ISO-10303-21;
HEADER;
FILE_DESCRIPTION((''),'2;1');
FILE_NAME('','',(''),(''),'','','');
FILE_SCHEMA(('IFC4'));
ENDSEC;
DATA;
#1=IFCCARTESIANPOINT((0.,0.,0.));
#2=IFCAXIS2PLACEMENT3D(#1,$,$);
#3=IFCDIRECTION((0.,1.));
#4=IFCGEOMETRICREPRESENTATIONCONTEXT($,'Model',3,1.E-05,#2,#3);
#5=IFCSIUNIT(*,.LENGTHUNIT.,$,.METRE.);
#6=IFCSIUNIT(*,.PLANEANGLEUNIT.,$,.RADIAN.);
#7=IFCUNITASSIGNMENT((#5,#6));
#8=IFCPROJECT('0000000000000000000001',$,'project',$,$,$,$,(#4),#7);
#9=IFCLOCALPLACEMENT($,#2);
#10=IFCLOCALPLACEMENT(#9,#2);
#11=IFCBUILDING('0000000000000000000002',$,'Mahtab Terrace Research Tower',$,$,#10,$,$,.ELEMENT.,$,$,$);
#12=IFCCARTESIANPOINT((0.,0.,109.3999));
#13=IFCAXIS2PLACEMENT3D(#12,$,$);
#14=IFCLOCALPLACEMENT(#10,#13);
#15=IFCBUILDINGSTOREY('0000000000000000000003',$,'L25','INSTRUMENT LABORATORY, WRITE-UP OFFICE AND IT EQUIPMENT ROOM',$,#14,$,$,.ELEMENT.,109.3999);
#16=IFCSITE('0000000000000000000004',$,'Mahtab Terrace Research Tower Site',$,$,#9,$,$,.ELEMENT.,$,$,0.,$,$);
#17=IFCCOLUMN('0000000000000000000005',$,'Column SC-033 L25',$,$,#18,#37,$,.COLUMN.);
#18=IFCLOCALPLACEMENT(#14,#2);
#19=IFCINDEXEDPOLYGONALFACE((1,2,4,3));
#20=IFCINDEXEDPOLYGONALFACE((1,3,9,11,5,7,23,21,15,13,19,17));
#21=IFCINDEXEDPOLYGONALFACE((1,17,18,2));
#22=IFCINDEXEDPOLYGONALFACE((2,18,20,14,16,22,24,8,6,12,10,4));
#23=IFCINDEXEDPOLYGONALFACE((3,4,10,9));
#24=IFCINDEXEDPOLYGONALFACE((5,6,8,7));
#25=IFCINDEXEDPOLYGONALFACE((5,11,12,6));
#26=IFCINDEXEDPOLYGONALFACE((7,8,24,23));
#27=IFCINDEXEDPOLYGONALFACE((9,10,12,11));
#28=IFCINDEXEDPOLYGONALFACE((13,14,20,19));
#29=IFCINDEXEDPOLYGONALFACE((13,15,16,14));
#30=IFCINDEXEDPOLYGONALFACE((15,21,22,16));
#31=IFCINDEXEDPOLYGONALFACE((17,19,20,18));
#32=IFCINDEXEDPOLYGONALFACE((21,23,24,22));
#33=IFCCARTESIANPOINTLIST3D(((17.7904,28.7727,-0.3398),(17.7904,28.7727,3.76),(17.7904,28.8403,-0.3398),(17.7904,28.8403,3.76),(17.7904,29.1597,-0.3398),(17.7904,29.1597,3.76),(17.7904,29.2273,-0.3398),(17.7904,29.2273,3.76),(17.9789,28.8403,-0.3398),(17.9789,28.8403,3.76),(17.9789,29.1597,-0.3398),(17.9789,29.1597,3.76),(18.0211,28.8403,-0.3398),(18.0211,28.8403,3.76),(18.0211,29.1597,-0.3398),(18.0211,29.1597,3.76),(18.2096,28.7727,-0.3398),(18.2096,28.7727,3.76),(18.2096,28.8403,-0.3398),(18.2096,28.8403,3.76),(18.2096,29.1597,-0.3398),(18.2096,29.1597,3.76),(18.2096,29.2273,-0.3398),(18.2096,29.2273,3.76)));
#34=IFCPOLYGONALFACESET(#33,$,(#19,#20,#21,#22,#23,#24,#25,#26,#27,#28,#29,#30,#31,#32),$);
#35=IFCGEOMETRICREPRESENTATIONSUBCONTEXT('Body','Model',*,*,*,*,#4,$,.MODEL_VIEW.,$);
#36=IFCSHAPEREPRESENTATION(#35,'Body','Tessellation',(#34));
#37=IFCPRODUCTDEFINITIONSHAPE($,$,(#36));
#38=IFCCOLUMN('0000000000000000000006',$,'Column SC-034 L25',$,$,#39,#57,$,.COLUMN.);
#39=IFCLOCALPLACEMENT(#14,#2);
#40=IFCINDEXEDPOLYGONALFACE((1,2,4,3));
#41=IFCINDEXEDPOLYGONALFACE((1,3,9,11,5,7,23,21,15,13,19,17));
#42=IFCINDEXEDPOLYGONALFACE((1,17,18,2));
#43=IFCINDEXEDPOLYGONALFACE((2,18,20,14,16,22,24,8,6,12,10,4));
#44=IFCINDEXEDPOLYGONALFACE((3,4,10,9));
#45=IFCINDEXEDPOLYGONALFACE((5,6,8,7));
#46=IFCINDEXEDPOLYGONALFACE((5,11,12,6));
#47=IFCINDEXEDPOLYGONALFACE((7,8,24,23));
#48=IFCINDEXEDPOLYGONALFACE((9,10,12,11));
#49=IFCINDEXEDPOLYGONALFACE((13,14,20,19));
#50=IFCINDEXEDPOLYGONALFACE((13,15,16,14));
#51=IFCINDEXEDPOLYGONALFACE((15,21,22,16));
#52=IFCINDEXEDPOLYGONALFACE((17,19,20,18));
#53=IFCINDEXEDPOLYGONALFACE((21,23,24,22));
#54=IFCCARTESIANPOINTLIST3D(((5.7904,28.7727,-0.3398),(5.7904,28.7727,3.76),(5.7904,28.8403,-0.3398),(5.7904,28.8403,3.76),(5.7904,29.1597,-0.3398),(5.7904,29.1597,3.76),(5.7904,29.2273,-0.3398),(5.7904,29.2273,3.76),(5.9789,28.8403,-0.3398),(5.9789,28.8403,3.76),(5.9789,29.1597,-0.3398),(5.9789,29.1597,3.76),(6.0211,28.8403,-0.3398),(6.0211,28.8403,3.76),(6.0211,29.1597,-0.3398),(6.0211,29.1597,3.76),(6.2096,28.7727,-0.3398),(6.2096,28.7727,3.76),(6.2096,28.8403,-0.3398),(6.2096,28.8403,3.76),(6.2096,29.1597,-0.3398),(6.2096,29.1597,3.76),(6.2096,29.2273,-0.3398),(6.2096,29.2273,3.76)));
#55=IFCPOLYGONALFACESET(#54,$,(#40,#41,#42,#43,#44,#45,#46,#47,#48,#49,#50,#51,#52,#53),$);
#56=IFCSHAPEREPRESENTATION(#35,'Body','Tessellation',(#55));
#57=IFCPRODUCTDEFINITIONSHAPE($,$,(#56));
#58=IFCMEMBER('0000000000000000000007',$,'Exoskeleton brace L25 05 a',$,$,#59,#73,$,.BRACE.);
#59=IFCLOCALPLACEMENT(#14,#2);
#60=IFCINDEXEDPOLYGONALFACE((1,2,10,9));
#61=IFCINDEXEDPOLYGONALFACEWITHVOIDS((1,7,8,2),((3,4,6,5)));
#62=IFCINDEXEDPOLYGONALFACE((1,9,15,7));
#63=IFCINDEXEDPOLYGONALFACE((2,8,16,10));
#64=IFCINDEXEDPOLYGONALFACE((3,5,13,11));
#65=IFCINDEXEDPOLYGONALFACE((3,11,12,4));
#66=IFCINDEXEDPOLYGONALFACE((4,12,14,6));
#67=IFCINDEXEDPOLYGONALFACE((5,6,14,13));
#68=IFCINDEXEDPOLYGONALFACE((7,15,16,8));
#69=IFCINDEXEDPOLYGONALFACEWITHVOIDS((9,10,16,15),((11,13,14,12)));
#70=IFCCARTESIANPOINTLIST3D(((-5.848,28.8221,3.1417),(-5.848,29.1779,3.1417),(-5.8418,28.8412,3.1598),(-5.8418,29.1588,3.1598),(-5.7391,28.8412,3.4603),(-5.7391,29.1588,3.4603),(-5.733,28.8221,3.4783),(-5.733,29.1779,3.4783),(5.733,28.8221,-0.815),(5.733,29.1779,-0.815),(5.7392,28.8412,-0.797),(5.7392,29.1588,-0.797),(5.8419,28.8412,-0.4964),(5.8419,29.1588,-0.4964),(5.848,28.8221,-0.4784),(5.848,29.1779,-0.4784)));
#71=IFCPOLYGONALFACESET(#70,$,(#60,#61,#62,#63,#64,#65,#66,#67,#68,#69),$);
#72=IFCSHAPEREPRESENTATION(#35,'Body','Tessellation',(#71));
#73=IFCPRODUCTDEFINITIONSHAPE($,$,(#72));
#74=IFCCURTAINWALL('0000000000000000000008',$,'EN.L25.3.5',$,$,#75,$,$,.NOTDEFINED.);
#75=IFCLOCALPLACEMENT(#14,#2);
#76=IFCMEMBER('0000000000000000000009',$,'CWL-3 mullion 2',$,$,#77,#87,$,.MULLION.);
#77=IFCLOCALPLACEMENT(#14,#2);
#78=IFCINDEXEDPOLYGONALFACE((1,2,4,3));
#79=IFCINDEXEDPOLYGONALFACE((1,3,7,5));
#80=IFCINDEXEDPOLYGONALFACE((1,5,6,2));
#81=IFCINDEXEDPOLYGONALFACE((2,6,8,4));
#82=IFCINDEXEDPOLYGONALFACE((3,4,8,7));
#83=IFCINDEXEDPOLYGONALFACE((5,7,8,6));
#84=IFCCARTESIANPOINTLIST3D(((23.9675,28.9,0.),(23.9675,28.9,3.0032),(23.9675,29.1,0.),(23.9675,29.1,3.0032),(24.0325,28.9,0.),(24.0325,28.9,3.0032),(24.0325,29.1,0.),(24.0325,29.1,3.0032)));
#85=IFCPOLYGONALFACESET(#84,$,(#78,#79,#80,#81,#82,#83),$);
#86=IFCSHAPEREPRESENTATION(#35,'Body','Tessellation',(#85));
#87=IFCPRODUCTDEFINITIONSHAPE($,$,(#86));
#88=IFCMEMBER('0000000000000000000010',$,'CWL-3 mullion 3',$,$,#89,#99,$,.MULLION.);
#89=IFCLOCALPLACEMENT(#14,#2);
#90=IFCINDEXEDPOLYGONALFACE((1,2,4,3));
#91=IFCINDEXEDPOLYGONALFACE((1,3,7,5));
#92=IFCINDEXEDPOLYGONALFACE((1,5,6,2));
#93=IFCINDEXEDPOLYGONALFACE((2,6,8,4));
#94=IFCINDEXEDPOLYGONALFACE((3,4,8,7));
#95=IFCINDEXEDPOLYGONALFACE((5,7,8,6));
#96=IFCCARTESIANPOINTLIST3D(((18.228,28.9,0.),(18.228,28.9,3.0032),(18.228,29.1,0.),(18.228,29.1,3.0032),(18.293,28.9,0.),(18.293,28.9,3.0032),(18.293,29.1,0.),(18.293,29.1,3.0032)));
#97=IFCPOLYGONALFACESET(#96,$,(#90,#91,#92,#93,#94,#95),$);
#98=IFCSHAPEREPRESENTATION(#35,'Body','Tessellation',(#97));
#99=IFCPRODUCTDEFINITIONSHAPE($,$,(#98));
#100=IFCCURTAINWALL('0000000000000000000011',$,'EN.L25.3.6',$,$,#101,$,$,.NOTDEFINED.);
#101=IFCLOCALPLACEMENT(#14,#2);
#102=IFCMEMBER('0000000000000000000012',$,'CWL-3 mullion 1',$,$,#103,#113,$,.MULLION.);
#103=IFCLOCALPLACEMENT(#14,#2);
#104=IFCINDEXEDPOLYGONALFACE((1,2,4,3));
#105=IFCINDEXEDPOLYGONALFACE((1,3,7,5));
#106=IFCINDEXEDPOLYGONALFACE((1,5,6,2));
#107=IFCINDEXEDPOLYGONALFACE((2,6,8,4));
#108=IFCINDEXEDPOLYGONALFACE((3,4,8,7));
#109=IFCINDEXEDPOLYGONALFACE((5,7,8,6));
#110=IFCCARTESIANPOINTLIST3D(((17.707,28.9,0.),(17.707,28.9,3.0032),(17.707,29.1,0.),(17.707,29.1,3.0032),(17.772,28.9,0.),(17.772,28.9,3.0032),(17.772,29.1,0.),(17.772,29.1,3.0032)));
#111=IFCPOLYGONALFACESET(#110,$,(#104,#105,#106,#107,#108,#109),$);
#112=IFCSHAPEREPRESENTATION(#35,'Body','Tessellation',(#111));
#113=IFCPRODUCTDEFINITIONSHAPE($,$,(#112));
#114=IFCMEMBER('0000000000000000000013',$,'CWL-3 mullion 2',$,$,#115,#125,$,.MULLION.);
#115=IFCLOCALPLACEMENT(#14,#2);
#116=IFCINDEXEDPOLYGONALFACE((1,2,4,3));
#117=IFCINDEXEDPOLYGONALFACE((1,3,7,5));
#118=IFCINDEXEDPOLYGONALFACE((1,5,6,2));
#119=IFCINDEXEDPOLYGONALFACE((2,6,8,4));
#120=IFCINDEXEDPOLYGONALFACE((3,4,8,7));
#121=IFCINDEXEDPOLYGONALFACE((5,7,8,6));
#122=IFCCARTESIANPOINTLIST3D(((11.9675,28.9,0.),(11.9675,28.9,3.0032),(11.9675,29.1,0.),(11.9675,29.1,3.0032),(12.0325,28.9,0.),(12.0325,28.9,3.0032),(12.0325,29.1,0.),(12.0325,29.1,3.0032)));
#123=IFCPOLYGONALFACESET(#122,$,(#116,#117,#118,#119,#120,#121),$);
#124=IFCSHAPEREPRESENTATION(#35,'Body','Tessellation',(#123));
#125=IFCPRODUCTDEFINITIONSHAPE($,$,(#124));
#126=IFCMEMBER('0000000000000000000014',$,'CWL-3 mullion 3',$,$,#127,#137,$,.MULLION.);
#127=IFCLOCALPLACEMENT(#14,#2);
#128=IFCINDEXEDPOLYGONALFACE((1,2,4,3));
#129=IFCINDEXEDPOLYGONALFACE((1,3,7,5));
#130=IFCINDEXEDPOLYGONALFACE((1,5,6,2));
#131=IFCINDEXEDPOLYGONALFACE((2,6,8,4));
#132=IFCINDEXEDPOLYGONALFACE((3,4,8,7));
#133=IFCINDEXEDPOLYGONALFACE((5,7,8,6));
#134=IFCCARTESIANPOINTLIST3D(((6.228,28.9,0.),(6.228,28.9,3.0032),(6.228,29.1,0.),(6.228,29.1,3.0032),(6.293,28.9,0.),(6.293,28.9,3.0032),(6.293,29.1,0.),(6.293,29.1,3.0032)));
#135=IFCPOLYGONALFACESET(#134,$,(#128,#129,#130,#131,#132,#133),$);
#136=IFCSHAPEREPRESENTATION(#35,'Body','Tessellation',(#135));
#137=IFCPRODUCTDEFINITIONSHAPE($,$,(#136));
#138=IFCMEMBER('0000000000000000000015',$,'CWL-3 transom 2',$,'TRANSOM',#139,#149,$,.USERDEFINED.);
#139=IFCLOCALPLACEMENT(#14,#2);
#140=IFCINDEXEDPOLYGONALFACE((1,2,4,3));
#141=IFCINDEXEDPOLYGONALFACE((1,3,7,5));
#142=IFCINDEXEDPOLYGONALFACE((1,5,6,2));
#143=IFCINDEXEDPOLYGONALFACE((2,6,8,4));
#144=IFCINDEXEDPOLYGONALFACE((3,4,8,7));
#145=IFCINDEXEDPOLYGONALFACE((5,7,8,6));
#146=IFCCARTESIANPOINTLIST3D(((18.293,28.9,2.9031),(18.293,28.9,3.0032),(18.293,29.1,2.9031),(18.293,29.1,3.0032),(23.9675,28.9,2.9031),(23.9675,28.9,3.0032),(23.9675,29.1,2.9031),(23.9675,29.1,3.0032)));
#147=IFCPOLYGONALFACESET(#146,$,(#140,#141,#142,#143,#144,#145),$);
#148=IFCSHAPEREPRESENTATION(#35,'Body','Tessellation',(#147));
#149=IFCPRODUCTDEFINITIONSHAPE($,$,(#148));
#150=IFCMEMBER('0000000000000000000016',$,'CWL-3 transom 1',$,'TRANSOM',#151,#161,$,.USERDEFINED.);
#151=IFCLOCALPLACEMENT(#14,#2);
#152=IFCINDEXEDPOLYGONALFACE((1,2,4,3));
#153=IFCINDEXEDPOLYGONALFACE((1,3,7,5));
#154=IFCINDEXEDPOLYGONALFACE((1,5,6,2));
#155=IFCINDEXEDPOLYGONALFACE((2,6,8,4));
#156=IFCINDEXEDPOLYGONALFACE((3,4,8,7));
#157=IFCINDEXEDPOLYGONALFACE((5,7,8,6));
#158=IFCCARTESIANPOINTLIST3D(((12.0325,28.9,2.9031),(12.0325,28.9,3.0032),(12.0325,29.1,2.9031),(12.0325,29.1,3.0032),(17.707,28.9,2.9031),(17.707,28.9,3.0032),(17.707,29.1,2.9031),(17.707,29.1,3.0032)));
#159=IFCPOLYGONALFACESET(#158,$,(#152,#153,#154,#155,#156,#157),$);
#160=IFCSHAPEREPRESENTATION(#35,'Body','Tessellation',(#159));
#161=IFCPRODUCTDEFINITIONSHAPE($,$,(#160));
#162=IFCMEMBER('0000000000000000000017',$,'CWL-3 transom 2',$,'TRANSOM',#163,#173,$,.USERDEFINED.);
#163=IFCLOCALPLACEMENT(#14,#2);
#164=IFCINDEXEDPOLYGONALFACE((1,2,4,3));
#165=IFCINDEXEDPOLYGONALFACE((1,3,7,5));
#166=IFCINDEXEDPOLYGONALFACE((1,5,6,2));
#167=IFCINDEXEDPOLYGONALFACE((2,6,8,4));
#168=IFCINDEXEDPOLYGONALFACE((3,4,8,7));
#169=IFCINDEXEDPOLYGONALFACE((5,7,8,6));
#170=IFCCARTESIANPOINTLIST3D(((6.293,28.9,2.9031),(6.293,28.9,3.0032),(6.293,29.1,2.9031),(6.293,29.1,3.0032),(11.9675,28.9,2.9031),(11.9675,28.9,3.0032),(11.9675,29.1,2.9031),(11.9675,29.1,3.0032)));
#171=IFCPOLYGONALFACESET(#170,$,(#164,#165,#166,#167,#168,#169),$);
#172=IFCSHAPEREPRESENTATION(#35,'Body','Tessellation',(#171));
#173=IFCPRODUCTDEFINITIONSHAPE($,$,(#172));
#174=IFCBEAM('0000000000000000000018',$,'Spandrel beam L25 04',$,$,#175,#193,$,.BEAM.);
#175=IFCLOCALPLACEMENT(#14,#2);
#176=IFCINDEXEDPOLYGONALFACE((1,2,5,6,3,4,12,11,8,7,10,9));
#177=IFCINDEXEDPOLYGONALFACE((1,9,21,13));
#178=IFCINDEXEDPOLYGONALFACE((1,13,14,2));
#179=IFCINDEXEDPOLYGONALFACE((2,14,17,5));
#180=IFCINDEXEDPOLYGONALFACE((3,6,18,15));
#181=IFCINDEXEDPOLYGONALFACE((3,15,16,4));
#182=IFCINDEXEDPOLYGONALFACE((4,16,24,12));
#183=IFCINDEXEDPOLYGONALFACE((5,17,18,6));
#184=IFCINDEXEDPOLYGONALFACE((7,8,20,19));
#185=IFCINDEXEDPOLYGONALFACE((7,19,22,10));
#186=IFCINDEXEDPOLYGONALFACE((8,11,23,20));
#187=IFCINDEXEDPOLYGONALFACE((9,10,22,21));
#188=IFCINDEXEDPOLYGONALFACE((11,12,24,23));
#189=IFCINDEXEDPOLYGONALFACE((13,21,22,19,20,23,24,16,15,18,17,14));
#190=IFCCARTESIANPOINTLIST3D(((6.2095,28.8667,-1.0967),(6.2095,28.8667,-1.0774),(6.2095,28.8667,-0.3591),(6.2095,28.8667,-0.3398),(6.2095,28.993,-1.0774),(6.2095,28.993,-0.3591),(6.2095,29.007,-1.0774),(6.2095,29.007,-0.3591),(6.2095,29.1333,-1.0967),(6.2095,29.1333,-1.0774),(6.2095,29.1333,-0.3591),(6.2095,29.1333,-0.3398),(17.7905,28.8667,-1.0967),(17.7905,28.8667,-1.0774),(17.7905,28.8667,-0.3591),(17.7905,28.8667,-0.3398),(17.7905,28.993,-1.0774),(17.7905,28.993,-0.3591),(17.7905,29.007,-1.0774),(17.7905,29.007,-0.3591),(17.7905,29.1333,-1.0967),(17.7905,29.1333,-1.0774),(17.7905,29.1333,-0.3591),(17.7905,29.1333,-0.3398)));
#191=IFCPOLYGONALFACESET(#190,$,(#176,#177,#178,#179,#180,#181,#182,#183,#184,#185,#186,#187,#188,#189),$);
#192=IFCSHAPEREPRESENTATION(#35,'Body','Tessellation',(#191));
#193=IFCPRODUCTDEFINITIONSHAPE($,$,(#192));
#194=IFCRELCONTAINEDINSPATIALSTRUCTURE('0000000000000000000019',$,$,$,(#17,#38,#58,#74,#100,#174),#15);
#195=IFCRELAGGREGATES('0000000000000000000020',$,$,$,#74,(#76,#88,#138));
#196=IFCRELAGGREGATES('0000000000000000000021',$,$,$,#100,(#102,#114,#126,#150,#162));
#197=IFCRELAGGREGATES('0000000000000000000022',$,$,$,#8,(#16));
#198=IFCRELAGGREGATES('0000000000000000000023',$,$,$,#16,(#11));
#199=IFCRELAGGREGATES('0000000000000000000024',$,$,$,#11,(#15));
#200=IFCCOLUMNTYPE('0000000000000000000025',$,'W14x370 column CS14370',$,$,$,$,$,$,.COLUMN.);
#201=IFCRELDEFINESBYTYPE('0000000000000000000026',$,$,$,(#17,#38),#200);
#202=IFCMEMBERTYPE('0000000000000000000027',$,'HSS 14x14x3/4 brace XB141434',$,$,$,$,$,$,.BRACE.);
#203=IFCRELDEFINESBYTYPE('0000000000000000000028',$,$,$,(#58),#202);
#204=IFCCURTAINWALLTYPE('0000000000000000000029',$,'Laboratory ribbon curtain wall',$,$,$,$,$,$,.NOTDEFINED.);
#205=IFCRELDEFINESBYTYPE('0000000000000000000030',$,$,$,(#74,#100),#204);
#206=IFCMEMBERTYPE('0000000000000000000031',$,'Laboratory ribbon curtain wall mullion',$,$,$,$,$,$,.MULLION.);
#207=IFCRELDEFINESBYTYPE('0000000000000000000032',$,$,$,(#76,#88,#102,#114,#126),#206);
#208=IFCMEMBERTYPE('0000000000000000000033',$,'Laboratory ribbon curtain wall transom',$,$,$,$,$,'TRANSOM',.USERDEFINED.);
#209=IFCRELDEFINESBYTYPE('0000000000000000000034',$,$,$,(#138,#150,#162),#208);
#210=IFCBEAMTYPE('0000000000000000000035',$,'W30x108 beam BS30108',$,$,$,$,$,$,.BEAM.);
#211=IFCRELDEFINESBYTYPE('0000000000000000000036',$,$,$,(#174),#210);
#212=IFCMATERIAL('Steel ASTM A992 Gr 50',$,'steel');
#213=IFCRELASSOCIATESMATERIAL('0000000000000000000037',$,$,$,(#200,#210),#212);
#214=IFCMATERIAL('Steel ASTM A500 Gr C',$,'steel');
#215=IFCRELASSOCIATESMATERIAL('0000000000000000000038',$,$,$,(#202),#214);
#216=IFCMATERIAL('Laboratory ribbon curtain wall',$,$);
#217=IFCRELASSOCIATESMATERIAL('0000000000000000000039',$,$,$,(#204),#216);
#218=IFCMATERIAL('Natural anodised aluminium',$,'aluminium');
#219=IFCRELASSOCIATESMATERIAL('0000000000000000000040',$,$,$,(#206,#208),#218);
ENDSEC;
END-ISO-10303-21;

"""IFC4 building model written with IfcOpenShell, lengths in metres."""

from ifc_helpers import new_model, si_unit, direction, frame, origin, origin_2d, place, context, subcontext, project, spatial, rectangle, hollow_rectangle, i_section, extrude, material, material_profile, profile_set, type_object, element, aggregate, save


model = new_model("IFC4")

# Units and contexts
model_context = context("Model", 3, precision=1e-05, world=origin(), true_north=direction((0.0, 1.0)))
body_context = subcontext(model_context, "Body", "Model", "MODEL_VIEW")
ifc_project = project(units=[si_unit("LENGTHUNIT", "METRE"), si_unit("PLANEANGLEUNIT", "RADIAN")], contexts=[model_context])

# Site, building, storey
site_placement = place(None, origin())
site = spatial("IfcSite", under=ifc_project, at=site_placement, Name="Mahtab Terrace Research Tower Site", CompositionType="ELEMENT", RefElevation=0.0)
building_placement = place(site_placement, origin())
building = spatial("IfcBuilding", under=site, at=building_placement, Name="Mahtab Terrace Research Tower", CompositionType="ELEMENT")
storey_placement = place(building_placement, frame((0.0, 0.0, 109.3999)))
storey = spatial("IfcBuildingStorey", under=building, at=storey_placement, Name="L25", Description="INSTRUMENT LABORATORY, WRITE-UP OFFICE AND IT EQUIPMENT ROOM", CompositionType="ELEMENT", Elevation=109.3999)

# Columns
ifc_material_1 = material(Name="Steel ASTM A992 Gr 50", Category="steel")
ifc_material_profile_1 = material_profile(ifc_material_1, i_section(OverallWidth=0.4192, OverallDepth=0.4546, WebThickness=0.0422, FlangeThickness=0.0676, at=origin_2d()), Name="W14X370")
ifc_profile_set_1 = profile_set([ifc_material_profile_1], Name="Steel ASTM A992 Gr 50")
column_type = type_object("IfcColumnType", Name="W14x370 column CS14370", PredefinedType="COLUMN", material=ifc_profile_set_1)
for number, where, z_axis, x_axis, name in (
    (1, (18.0, 29.0, -0.3398), (0.0, 0.0, 1.0), (1.0, 0.0, 0.0), "Column SC-033 L25"),
    (2, (6.0, 29.0, -0.3398), (0.0, 0.0, 1.0), (1.0, 0.0, 0.0), "Column SC-034 L25"),
):
    element("IfcColumn", number, at=place(storey_placement, frame(where, z_axis=z_axis, x_axis=x_axis)), inside=storey, type_object=column_type, Name=name, PredefinedType="COLUMN", context=body_context, shape_type="SweptSolid", body=[
        extrude(i_section(OverallWidth=0.4192, OverallDepth=0.4546, WebThickness=0.0422, FlangeThickness=0.0676, at=origin_2d()), origin(), (0.0, 0.0, 1.0), 4.0999),
    ])

# Member
ifc_material_2 = material(Name="Steel ASTM A500 Gr C", Category="steel")
ifc_material_profile_2 = material_profile(ifc_material_2, hollow_rectangle(XDim=0.3557, YDim=0.3557, WallThickness=0.019, at=origin_2d()), Name="HSS14X14X3/4")
ifc_profile_set_2 = profile_set([ifc_material_profile_2], Name="Steel ASTM A500 Gr C")
member_type_1 = type_object("IfcMemberType", Name="HSS 14x14x3/4 brace XB141434", PredefinedType="BRACE", material=ifc_profile_set_2)
member_1_placement = place(storey_placement, frame((5.7905, 29.0, -0.6467), z_axis=(-0.946293, 0.0, 0.323311), x_axis=(0.0, -1.0, 0.0)))
element("IfcMember", 3, at=member_1_placement, inside=storey, type_object=member_type_1, Name="Exoskeleton brace L25 05 a", PredefinedType="BRACE", context=body_context, shape_type="SweptSolid", body=[
    extrude(hollow_rectangle(XDim=0.3557, YDim=0.3557, WallThickness=0.019, at=origin_2d()), origin(), (0.0, 0.0, 1.0), 12.2383),
])

# Curtain walls, members
ifc_material_3 = material(Name="Laboratory ribbon curtain wall")
curtain_wall_type = type_object("IfcCurtainWallType", Name="Laboratory ribbon curtain wall", PredefinedType="NOTDEFINED", material=ifc_material_3)
curtain_wall_1_placement = place(storey_placement, origin())
curtain_wall_1 = element("IfcCurtainWall", 4, at=curtain_wall_1_placement, inside=storey, type_object=curtain_wall_type, Name="EN.L25.3.5", PredefinedType="NOTDEFINED")
ifc_material_4 = material(Name="Natural anodised aluminium", Category="aluminium")
ifc_material_profile_3 = material_profile(ifc_material_4, rectangle(XDim=0.2, YDim=0.0649, at=origin_2d()), Name="MULLION 65x200")
ifc_profile_set_3 = profile_set([ifc_material_profile_3], Name="Natural anodised aluminium")
member_type_2 = type_object("IfcMemberType", Name="Laboratory ribbon curtain wall mullion", PredefinedType="MULLION", material=ifc_profile_set_3)
member_2_placement = place(storey_placement, frame((24.0, 29.0, 0.0), z_axis=(0.0, 0.0, 1.0), x_axis=(0.0, -1.0, 0.0)))
member_2 = element("IfcMember", 5, at=member_2_placement, type_object=member_type_2, Name="CWL-3 mullion 2", PredefinedType="MULLION", context=body_context, shape_type="SweptSolid", body=[
    extrude(rectangle(XDim=0.2, YDim=0.0649, at=origin_2d()), origin(), (0.0, 0.0, 1.0), 3.0032),
])
member_3_placement = place(storey_placement, frame((18.2605, 29.0, 0.0), z_axis=(0.0, 0.0, 1.0), x_axis=(0.0, -1.0, 0.0)))
member_3 = element("IfcMember", 6, at=member_3_placement, type_object=member_type_2, Name="CWL-3 mullion 3", PredefinedType="MULLION", context=body_context, shape_type="SweptSolid", body=[
    extrude(rectangle(XDim=0.2, YDim=0.0649, at=origin_2d()), origin(), (0.0, 0.0, 1.0), 3.0032),
])
curtain_wall_2_placement = place(storey_placement, origin())
curtain_wall_2 = element("IfcCurtainWall", 7, at=curtain_wall_2_placement, inside=storey, type_object=curtain_wall_type, Name="EN.L25.3.6", PredefinedType="NOTDEFINED")
member_4_placement = place(storey_placement, frame((17.7395, 29.0, 0.0), z_axis=(0.0, 0.0, 1.0), x_axis=(0.0, -1.0, 0.0)))
member_4 = element("IfcMember", 8, at=member_4_placement, type_object=member_type_2, Name="CWL-3 mullion 1", PredefinedType="MULLION", context=body_context, shape_type="SweptSolid", body=[
    extrude(rectangle(XDim=0.2, YDim=0.0649, at=origin_2d()), origin(), (0.0, 0.0, 1.0), 3.0032),
])
member_5_placement = place(storey_placement, frame((12.0, 29.0, 0.0), z_axis=(0.0, 0.0, 1.0), x_axis=(0.0, -1.0, 0.0)))
member_5 = element("IfcMember", 9, at=member_5_placement, type_object=member_type_2, Name="CWL-3 mullion 2", PredefinedType="MULLION", context=body_context, shape_type="SweptSolid", body=[
    extrude(rectangle(XDim=0.2, YDim=0.0649, at=origin_2d()), origin(), (0.0, 0.0, 1.0), 3.0032),
])
member_6_placement = place(storey_placement, frame((6.2605, 29.0, 0.0), z_axis=(0.0, 0.0, 1.0), x_axis=(0.0, -1.0, 0.0)))
member_6 = element("IfcMember", 10, at=member_6_placement, type_object=member_type_2, Name="CWL-3 mullion 3", PredefinedType="MULLION", context=body_context, shape_type="SweptSolid", body=[
    extrude(rectangle(XDim=0.2, YDim=0.0649, at=origin_2d()), origin(), (0.0, 0.0, 1.0), 3.0032),
])

# Members
ifc_material_profile_4 = material_profile(ifc_material_4, rectangle(XDim=0.2, YDim=0.1001, at=origin_2d()), Name="TRANSOM 100x200")
ifc_profile_set_4 = profile_set([ifc_material_profile_4], Name="Natural anodised aluminium")
member_type_3 = type_object("IfcMemberType", Name="Laboratory ribbon curtain wall transom", ElementType="TRANSOM", PredefinedType="USERDEFINED", material=ifc_profile_set_4)
member_7_placement = place(storey_placement, frame((23.9675, 29.0, 2.9531), z_axis=(-1.0, 0.0, 0.0), x_axis=(0.0, -1.0, 0.0)))
member_7 = element("IfcMember", 11, at=member_7_placement, type_object=member_type_3, Name="CWL-3 transom 2", ObjectType="TRANSOM", PredefinedType="USERDEFINED", context=body_context, shape_type="SweptSolid", body=[
    extrude(rectangle(XDim=0.2, YDim=0.1001, at=origin_2d()), origin(), (0.0, 0.0, 1.0), 5.6746),
])
member_8_placement = place(storey_placement, frame((17.707, 29.0, 2.9531), z_axis=(-1.0, 0.0, 0.0), x_axis=(0.0, -1.0, 0.0)))
member_8 = element("IfcMember", 12, at=member_8_placement, type_object=member_type_3, Name="CWL-3 transom 1", ObjectType="TRANSOM", PredefinedType="USERDEFINED", context=body_context, shape_type="SweptSolid", body=[
    extrude(rectangle(XDim=0.2, YDim=0.1001, at=origin_2d()), origin(), (0.0, 0.0, 1.0), 5.6746),
])
member_9_placement = place(storey_placement, frame((11.9675, 29.0, 2.9531), z_axis=(-1.0, 0.0, 0.0), x_axis=(0.0, -1.0, 0.0)))
member_9 = element("IfcMember", 13, at=member_9_placement, type_object=member_type_3, Name="CWL-3 transom 2", ObjectType="TRANSOM", PredefinedType="USERDEFINED", context=body_context, shape_type="SweptSolid", body=[
    extrude(rectangle(XDim=0.2, YDim=0.1001, at=origin_2d()), origin(), (0.0, 0.0, 1.0), 5.6746),
])

# Beam
ifc_material_profile_5 = material_profile(ifc_material_1, i_section(OverallWidth=0.2666, OverallDepth=0.7568, WebThickness=0.0139, FlangeThickness=0.0193, at=origin_2d()), Name="W30X108")
ifc_profile_set_5 = profile_set([ifc_material_profile_5], Name="Steel ASTM A992 Gr 50")
beam_type = type_object("IfcBeamType", Name="W30x108 beam BS30108", PredefinedType="BEAM", material=ifc_profile_set_5)
for number, where, z_axis, x_axis, name in (
    (14, (17.7905, 29.0, -0.7183), (-1.0, 0.0, 0.0), (0.0, -1.0, 0.0), "Spandrel beam L25 04"),
):
    element("IfcBeam", number, at=place(storey_placement, frame(where, z_axis=z_axis, x_axis=x_axis)), inside=storey, type_object=beam_type, Name=name, PredefinedType="BEAM", context=body_context, shape_type="SweptSolid", body=[
        extrude(i_section(OverallWidth=0.2666, OverallDepth=0.7568, WebThickness=0.0139, FlangeThickness=0.0193, at=origin_2d()), origin(), (0.0, 0.0, 1.0), 11.5811),
    ])

aggregate(curtain_wall_1, [member_2, member_3, member_7])
aggregate(curtain_wall_2, [member_4, member_5, member_6, member_8, member_9])

save(model, "model.ifc")
